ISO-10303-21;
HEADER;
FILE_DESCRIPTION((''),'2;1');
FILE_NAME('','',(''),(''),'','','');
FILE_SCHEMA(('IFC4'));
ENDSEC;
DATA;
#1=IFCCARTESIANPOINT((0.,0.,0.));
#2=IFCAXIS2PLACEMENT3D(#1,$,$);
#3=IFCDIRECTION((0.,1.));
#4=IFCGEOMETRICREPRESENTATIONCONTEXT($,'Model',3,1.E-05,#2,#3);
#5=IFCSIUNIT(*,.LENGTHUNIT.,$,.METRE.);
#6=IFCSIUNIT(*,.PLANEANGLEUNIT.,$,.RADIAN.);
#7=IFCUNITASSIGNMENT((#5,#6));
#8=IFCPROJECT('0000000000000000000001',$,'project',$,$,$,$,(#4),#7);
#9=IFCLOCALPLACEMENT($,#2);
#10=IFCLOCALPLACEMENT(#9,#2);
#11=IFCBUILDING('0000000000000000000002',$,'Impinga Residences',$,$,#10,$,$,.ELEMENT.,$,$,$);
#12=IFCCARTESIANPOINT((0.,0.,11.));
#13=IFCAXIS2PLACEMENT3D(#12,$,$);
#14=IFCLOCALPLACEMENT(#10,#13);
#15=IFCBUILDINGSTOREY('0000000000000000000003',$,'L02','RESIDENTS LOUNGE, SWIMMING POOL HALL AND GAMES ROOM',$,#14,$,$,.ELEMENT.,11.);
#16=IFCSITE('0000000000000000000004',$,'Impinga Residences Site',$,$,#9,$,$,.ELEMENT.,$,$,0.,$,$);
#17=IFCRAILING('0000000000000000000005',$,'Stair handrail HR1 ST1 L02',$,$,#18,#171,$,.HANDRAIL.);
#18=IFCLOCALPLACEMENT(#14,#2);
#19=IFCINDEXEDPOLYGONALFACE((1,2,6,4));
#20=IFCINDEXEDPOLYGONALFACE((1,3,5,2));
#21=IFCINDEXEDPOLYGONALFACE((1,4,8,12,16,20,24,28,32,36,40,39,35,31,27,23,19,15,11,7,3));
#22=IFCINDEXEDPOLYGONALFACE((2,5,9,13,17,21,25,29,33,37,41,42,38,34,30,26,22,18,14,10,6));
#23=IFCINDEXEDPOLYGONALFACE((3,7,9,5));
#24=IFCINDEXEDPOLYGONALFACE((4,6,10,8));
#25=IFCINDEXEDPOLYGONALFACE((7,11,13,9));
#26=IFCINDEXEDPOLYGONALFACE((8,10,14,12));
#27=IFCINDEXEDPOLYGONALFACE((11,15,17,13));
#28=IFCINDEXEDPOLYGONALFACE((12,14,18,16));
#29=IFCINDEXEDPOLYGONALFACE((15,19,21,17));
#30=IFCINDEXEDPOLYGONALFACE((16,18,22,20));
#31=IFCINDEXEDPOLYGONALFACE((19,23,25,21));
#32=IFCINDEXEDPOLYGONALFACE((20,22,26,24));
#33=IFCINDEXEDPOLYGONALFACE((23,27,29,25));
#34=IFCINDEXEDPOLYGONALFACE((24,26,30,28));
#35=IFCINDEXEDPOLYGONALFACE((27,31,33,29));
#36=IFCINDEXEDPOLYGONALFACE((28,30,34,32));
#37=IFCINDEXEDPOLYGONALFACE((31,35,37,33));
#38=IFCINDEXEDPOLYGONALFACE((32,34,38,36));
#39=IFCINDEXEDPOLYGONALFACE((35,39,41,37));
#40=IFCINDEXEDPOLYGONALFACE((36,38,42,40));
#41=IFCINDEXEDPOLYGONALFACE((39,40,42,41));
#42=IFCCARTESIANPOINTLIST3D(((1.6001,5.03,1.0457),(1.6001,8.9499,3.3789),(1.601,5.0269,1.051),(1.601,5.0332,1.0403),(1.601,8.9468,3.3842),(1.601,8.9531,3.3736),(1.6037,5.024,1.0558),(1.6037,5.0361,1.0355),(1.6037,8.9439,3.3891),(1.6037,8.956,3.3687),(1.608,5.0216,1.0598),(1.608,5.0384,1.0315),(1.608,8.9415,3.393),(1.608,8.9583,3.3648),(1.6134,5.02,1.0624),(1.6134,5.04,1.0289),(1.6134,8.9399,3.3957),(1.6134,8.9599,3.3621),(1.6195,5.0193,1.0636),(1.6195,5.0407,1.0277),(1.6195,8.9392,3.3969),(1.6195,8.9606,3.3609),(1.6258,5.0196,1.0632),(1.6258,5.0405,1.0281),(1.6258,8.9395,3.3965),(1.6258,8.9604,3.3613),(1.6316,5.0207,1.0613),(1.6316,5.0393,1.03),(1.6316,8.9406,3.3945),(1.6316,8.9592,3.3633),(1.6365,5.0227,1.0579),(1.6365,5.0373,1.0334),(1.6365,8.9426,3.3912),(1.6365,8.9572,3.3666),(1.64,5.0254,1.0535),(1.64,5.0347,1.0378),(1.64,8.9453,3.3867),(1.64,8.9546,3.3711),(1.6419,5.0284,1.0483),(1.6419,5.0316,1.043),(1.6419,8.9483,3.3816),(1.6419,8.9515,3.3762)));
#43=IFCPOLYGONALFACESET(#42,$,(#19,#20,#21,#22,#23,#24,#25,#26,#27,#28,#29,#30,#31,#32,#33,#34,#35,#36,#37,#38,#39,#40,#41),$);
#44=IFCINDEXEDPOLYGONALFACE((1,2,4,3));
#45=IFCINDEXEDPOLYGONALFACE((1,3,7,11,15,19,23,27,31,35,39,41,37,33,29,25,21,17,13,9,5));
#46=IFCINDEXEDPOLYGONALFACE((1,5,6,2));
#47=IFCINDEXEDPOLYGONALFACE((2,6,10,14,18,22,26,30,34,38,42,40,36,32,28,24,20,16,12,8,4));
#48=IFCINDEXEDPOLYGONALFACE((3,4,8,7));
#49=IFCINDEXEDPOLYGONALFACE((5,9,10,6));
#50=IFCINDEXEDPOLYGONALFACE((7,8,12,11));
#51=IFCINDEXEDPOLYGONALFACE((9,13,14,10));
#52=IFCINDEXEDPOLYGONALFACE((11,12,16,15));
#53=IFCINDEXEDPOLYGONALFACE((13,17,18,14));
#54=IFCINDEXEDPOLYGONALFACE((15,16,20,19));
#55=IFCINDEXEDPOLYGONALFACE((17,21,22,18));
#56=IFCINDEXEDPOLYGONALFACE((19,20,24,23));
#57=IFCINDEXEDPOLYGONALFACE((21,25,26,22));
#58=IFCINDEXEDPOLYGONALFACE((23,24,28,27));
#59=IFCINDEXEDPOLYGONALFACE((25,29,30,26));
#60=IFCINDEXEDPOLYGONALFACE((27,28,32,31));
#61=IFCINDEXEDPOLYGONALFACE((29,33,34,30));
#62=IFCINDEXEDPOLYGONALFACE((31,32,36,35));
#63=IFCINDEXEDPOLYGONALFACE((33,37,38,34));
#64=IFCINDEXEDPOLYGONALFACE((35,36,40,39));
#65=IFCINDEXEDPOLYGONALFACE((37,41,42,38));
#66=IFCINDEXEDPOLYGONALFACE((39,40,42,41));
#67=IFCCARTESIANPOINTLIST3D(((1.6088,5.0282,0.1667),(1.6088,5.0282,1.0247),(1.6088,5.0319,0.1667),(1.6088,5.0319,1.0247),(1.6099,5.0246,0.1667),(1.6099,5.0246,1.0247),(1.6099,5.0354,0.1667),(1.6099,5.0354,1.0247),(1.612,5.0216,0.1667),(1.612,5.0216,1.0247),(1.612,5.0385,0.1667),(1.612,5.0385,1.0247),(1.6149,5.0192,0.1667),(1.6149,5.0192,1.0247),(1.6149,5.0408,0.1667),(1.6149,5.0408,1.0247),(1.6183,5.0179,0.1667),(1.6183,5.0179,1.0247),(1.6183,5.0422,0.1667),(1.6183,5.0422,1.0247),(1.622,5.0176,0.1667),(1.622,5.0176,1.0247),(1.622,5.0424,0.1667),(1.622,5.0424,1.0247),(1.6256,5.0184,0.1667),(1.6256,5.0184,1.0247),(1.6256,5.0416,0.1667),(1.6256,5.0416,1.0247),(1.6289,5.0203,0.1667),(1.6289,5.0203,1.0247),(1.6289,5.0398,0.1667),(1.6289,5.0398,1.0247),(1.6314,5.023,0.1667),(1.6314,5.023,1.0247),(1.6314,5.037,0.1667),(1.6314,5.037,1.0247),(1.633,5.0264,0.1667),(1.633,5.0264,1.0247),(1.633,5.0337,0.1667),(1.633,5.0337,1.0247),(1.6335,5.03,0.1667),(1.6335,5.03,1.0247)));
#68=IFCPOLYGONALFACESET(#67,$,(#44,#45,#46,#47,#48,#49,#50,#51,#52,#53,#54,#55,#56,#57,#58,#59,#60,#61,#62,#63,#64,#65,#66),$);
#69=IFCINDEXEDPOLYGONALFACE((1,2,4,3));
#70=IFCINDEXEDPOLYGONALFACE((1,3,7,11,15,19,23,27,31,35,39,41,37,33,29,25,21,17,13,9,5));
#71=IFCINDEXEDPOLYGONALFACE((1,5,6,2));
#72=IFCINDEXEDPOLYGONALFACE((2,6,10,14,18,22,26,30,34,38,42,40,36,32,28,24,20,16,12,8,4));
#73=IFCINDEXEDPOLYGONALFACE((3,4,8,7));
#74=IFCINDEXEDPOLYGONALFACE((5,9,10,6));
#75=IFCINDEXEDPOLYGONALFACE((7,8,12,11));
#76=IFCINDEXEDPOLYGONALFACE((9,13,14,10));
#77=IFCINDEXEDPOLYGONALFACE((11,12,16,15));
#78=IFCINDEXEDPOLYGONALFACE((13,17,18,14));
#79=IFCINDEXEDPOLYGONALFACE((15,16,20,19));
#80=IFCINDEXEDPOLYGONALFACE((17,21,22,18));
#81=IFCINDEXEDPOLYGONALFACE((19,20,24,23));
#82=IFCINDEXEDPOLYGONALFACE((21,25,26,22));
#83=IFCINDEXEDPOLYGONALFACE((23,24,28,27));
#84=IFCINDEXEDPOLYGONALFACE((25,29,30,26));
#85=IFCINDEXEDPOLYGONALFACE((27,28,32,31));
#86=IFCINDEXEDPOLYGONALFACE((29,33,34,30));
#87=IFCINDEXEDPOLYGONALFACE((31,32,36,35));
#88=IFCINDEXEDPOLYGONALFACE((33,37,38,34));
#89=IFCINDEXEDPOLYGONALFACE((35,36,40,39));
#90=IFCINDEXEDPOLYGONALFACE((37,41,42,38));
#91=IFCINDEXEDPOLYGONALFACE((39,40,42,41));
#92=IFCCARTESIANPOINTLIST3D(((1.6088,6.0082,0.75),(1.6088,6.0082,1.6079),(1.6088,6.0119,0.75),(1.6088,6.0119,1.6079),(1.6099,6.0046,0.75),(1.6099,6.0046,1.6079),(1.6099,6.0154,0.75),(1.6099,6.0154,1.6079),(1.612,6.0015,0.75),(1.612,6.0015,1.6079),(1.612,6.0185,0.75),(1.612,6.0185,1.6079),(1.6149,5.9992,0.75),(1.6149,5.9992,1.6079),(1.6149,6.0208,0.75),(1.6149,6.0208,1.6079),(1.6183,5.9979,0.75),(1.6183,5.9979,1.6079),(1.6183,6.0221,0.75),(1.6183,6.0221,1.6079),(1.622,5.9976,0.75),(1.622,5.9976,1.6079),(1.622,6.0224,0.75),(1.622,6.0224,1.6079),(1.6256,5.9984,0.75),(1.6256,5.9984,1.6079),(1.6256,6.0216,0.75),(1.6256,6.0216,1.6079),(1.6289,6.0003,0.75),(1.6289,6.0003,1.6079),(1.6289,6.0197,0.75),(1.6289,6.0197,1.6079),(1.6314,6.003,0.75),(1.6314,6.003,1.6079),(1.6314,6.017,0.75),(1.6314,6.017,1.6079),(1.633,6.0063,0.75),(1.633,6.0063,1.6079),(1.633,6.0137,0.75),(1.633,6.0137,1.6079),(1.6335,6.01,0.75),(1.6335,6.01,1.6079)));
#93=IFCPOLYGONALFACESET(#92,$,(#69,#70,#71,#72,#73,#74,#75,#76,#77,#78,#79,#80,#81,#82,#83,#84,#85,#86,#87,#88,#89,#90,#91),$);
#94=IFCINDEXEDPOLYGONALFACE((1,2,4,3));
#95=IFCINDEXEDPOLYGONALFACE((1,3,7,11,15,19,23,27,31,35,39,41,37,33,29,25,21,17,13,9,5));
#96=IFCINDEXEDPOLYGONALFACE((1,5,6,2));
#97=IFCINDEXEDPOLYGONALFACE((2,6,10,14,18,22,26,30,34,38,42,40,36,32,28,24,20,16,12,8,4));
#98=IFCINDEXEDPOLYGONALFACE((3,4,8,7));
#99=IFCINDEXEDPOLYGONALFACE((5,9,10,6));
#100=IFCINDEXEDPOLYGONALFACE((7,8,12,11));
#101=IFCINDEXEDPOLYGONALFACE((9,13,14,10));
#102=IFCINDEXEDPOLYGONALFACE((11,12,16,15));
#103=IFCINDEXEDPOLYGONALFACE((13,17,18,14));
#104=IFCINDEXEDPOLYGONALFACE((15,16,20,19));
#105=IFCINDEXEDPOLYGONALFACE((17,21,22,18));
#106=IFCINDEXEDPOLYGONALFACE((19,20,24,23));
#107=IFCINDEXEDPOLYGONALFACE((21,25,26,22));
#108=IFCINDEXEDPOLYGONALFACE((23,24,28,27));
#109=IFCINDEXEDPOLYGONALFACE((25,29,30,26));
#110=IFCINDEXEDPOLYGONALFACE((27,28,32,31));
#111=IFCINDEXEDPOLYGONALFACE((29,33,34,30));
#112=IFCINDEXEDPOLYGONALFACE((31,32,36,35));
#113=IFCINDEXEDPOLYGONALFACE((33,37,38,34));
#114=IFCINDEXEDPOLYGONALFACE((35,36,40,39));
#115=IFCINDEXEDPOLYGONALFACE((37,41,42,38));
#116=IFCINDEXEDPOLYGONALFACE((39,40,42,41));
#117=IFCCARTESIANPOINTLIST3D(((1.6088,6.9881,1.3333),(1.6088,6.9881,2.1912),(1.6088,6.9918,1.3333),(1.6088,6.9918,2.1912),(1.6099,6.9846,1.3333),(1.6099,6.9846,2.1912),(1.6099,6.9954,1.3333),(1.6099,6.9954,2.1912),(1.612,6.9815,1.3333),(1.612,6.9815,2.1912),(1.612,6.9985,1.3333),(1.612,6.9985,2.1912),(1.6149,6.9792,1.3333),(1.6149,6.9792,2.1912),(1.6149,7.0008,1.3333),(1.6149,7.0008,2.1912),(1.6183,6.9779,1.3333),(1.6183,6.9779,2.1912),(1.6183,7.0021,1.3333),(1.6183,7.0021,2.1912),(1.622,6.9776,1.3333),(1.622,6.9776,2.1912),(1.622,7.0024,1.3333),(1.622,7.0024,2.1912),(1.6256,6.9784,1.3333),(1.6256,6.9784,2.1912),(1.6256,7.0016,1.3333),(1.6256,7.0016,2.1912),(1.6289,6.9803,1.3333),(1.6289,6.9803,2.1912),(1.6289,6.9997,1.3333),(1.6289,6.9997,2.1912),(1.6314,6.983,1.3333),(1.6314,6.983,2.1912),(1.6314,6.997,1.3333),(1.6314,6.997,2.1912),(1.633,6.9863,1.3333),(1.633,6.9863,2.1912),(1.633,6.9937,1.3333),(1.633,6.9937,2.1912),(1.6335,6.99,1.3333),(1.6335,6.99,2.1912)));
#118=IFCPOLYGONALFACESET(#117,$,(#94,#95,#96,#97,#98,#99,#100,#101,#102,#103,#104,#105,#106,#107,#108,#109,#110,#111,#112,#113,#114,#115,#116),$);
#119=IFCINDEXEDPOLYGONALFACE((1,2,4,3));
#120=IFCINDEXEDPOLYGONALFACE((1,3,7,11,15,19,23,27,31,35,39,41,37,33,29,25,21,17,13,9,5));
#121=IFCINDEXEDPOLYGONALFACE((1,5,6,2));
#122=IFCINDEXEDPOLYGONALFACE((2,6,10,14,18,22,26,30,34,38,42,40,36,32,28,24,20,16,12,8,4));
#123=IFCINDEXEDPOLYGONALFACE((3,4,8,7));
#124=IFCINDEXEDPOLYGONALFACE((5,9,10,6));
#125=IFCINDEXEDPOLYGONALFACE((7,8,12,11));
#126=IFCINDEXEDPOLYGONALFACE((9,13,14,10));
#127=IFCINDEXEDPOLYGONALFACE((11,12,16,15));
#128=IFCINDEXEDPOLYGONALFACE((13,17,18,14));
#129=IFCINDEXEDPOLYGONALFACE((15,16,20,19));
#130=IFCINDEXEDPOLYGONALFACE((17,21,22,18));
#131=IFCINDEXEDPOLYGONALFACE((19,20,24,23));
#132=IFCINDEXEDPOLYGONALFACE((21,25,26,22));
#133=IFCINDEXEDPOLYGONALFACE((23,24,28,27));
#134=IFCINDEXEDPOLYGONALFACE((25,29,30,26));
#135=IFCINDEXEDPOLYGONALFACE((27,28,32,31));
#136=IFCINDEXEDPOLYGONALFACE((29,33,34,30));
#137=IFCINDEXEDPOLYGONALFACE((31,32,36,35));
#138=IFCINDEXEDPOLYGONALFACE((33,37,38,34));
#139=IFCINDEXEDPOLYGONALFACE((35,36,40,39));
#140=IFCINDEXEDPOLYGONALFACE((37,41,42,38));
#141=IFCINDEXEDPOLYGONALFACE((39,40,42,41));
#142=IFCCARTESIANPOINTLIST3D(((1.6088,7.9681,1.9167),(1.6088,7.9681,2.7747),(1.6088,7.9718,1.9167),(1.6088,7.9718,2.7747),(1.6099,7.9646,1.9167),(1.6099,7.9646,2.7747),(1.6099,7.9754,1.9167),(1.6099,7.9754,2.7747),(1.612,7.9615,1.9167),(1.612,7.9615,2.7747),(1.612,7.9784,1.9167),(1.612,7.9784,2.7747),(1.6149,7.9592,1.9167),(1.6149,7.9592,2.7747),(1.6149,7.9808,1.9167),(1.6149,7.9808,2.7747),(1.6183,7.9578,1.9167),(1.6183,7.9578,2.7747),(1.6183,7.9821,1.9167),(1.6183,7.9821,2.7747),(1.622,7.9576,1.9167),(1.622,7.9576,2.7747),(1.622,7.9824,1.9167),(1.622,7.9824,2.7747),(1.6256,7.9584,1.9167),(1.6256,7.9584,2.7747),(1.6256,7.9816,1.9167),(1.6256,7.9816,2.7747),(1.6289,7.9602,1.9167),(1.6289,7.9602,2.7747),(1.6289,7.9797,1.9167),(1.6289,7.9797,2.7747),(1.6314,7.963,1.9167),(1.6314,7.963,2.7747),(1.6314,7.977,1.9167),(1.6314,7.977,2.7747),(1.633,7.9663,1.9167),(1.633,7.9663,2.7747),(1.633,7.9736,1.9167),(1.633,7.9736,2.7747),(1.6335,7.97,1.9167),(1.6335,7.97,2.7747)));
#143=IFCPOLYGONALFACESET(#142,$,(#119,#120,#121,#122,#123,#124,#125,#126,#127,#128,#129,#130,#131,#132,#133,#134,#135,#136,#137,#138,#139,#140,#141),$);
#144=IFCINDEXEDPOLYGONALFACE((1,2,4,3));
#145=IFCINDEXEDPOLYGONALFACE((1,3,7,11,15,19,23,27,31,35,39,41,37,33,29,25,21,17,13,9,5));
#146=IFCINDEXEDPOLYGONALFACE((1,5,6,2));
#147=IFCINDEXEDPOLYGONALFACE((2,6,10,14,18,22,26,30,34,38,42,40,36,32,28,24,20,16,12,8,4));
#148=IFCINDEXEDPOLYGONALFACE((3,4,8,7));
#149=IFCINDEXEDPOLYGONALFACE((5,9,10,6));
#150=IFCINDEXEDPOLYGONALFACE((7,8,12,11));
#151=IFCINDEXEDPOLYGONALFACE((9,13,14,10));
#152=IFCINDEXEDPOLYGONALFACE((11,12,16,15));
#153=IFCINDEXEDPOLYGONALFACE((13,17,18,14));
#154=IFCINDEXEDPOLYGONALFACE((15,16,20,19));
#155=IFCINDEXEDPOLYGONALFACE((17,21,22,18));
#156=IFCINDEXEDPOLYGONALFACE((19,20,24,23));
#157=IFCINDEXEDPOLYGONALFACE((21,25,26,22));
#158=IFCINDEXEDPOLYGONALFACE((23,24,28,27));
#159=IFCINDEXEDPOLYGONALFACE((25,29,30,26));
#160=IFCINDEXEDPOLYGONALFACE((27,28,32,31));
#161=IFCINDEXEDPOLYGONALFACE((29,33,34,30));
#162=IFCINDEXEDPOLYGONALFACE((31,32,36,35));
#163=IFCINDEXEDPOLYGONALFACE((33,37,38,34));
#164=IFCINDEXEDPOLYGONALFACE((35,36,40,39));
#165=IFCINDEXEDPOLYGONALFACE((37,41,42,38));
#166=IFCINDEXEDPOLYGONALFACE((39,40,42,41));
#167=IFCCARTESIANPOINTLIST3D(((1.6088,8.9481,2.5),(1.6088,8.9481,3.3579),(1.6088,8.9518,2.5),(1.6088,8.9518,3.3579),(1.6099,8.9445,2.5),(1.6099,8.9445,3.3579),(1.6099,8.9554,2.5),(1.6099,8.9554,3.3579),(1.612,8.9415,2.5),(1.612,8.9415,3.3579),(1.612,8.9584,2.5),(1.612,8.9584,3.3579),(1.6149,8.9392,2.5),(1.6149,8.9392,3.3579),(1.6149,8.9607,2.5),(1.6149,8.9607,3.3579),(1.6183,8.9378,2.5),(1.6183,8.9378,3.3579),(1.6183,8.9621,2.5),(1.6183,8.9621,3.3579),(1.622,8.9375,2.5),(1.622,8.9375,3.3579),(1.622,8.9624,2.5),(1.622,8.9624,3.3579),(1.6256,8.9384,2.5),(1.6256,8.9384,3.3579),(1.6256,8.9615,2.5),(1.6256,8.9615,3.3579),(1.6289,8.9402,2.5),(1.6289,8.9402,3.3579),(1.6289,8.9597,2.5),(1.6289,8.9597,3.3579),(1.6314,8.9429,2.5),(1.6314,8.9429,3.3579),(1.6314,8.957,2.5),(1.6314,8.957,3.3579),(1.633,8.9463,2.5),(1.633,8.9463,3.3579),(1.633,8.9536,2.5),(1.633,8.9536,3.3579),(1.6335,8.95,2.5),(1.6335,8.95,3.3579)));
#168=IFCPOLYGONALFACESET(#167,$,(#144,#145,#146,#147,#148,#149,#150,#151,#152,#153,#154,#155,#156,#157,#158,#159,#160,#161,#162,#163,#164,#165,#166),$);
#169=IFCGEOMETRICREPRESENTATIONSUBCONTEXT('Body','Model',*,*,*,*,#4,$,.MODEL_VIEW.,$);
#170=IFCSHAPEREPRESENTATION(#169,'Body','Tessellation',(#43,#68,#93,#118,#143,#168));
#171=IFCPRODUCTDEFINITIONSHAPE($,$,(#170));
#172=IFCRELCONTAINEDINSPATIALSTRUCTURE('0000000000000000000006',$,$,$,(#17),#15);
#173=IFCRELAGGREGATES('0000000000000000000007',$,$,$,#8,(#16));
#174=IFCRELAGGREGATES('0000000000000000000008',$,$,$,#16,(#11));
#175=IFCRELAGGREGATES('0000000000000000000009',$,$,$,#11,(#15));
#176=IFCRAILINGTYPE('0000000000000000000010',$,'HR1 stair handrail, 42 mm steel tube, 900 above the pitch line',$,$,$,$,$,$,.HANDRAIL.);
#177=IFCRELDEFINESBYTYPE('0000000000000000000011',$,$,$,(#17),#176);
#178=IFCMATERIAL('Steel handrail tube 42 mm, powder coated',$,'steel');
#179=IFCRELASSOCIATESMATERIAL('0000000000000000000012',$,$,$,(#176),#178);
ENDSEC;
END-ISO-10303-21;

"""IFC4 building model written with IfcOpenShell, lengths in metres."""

from ifc_helpers import new_model, si_unit, direction, frame, origin, origin_2d, place, context, subcontext, project, spatial, circle, extrude, material, type_object, element, save


model = new_model("IFC4")

# Units and contexts
model_context = context("Model", 3, precision=1e-05, world=origin(), true_north=direction((0.0, 1.0)))
body_context = subcontext(model_context, "Body", "Model", "MODEL_VIEW")
ifc_project = project(units=[si_unit("LENGTHUNIT", "METRE"), si_unit("PLANEANGLEUNIT", "RADIAN")], contexts=[model_context])

# Site, building, storey
site_placement = place(None, origin())
site = spatial("IfcSite", under=ifc_project, at=site_placement, Name="Impinga Residences Site", CompositionType="ELEMENT", RefElevation=0.0)
building_placement = place(site_placement, origin())
building = spatial("IfcBuilding", under=site, at=building_placement, Name="Impinga Residences", CompositionType="ELEMENT")
storey_placement = place(building_placement, frame((0.0, 0.0, 11.0)))
storey = spatial("IfcBuildingStorey", under=building, at=storey_placement, Name="L02", Description="RESIDENTS LOUNGE, SWIMMING POOL HALL AND GAMES ROOM", CompositionType="ELEMENT", Elevation=11.0)

# Railing
ifc_material_1 = material(Name="Steel handrail tube 42 mm, powder coated", Category="steel")
railing_type = type_object("IfcRailingType", Name="HR1 stair handrail, 42 mm steel tube, 900 above the pitch line", PredefinedType="HANDRAIL", material=ifc_material_1)
railing_placement = place(storey_placement, frame((1.6211, 5.03, 0.1667)))
element("IfcRailing", 1, at=railing_placement, inside=storey, type_object=railing_type, Name="Stair handrail HR1 ST1 L02", PredefinedType="HANDRAIL", context=body_context, shape_type="SweptSolid", body=[
    extrude(circle(Radius=0.021, at=origin_2d()), frame((0.0, 0.0, 0.8789), z_axis=(0.0, 0.859296, 0.511478), x_axis=(-1.0, 0.0, 0.0)), (0.0, 0.0, 1.0), 4.5618),
    extrude(circle(Radius=0.0125, at=origin_2d()), origin(), (0.0, 0.0, 1.0), 0.8579),
    extrude(circle(Radius=0.0125, at=origin_2d()), frame((0.0, 0.98, 0.5833)), (0.0, 0.0, 1.0), 0.8579),
    extrude(circle(Radius=0.0125, at=origin_2d()), frame((0.0, 1.96, 1.1665)), (0.0, 0.0, 1.0), 0.8579),
    extrude(circle(Radius=0.0125, at=origin_2d()), frame((0.0, 2.9399, 1.75)), (0.0, 0.0, 1.0), 0.8579),
    extrude(circle(Radius=0.0125, at=origin_2d()), frame((0.0, 3.9199, 2.3333)), (0.0, 0.0, 1.0), 0.8579),
])

save(model, "model.ifc")
